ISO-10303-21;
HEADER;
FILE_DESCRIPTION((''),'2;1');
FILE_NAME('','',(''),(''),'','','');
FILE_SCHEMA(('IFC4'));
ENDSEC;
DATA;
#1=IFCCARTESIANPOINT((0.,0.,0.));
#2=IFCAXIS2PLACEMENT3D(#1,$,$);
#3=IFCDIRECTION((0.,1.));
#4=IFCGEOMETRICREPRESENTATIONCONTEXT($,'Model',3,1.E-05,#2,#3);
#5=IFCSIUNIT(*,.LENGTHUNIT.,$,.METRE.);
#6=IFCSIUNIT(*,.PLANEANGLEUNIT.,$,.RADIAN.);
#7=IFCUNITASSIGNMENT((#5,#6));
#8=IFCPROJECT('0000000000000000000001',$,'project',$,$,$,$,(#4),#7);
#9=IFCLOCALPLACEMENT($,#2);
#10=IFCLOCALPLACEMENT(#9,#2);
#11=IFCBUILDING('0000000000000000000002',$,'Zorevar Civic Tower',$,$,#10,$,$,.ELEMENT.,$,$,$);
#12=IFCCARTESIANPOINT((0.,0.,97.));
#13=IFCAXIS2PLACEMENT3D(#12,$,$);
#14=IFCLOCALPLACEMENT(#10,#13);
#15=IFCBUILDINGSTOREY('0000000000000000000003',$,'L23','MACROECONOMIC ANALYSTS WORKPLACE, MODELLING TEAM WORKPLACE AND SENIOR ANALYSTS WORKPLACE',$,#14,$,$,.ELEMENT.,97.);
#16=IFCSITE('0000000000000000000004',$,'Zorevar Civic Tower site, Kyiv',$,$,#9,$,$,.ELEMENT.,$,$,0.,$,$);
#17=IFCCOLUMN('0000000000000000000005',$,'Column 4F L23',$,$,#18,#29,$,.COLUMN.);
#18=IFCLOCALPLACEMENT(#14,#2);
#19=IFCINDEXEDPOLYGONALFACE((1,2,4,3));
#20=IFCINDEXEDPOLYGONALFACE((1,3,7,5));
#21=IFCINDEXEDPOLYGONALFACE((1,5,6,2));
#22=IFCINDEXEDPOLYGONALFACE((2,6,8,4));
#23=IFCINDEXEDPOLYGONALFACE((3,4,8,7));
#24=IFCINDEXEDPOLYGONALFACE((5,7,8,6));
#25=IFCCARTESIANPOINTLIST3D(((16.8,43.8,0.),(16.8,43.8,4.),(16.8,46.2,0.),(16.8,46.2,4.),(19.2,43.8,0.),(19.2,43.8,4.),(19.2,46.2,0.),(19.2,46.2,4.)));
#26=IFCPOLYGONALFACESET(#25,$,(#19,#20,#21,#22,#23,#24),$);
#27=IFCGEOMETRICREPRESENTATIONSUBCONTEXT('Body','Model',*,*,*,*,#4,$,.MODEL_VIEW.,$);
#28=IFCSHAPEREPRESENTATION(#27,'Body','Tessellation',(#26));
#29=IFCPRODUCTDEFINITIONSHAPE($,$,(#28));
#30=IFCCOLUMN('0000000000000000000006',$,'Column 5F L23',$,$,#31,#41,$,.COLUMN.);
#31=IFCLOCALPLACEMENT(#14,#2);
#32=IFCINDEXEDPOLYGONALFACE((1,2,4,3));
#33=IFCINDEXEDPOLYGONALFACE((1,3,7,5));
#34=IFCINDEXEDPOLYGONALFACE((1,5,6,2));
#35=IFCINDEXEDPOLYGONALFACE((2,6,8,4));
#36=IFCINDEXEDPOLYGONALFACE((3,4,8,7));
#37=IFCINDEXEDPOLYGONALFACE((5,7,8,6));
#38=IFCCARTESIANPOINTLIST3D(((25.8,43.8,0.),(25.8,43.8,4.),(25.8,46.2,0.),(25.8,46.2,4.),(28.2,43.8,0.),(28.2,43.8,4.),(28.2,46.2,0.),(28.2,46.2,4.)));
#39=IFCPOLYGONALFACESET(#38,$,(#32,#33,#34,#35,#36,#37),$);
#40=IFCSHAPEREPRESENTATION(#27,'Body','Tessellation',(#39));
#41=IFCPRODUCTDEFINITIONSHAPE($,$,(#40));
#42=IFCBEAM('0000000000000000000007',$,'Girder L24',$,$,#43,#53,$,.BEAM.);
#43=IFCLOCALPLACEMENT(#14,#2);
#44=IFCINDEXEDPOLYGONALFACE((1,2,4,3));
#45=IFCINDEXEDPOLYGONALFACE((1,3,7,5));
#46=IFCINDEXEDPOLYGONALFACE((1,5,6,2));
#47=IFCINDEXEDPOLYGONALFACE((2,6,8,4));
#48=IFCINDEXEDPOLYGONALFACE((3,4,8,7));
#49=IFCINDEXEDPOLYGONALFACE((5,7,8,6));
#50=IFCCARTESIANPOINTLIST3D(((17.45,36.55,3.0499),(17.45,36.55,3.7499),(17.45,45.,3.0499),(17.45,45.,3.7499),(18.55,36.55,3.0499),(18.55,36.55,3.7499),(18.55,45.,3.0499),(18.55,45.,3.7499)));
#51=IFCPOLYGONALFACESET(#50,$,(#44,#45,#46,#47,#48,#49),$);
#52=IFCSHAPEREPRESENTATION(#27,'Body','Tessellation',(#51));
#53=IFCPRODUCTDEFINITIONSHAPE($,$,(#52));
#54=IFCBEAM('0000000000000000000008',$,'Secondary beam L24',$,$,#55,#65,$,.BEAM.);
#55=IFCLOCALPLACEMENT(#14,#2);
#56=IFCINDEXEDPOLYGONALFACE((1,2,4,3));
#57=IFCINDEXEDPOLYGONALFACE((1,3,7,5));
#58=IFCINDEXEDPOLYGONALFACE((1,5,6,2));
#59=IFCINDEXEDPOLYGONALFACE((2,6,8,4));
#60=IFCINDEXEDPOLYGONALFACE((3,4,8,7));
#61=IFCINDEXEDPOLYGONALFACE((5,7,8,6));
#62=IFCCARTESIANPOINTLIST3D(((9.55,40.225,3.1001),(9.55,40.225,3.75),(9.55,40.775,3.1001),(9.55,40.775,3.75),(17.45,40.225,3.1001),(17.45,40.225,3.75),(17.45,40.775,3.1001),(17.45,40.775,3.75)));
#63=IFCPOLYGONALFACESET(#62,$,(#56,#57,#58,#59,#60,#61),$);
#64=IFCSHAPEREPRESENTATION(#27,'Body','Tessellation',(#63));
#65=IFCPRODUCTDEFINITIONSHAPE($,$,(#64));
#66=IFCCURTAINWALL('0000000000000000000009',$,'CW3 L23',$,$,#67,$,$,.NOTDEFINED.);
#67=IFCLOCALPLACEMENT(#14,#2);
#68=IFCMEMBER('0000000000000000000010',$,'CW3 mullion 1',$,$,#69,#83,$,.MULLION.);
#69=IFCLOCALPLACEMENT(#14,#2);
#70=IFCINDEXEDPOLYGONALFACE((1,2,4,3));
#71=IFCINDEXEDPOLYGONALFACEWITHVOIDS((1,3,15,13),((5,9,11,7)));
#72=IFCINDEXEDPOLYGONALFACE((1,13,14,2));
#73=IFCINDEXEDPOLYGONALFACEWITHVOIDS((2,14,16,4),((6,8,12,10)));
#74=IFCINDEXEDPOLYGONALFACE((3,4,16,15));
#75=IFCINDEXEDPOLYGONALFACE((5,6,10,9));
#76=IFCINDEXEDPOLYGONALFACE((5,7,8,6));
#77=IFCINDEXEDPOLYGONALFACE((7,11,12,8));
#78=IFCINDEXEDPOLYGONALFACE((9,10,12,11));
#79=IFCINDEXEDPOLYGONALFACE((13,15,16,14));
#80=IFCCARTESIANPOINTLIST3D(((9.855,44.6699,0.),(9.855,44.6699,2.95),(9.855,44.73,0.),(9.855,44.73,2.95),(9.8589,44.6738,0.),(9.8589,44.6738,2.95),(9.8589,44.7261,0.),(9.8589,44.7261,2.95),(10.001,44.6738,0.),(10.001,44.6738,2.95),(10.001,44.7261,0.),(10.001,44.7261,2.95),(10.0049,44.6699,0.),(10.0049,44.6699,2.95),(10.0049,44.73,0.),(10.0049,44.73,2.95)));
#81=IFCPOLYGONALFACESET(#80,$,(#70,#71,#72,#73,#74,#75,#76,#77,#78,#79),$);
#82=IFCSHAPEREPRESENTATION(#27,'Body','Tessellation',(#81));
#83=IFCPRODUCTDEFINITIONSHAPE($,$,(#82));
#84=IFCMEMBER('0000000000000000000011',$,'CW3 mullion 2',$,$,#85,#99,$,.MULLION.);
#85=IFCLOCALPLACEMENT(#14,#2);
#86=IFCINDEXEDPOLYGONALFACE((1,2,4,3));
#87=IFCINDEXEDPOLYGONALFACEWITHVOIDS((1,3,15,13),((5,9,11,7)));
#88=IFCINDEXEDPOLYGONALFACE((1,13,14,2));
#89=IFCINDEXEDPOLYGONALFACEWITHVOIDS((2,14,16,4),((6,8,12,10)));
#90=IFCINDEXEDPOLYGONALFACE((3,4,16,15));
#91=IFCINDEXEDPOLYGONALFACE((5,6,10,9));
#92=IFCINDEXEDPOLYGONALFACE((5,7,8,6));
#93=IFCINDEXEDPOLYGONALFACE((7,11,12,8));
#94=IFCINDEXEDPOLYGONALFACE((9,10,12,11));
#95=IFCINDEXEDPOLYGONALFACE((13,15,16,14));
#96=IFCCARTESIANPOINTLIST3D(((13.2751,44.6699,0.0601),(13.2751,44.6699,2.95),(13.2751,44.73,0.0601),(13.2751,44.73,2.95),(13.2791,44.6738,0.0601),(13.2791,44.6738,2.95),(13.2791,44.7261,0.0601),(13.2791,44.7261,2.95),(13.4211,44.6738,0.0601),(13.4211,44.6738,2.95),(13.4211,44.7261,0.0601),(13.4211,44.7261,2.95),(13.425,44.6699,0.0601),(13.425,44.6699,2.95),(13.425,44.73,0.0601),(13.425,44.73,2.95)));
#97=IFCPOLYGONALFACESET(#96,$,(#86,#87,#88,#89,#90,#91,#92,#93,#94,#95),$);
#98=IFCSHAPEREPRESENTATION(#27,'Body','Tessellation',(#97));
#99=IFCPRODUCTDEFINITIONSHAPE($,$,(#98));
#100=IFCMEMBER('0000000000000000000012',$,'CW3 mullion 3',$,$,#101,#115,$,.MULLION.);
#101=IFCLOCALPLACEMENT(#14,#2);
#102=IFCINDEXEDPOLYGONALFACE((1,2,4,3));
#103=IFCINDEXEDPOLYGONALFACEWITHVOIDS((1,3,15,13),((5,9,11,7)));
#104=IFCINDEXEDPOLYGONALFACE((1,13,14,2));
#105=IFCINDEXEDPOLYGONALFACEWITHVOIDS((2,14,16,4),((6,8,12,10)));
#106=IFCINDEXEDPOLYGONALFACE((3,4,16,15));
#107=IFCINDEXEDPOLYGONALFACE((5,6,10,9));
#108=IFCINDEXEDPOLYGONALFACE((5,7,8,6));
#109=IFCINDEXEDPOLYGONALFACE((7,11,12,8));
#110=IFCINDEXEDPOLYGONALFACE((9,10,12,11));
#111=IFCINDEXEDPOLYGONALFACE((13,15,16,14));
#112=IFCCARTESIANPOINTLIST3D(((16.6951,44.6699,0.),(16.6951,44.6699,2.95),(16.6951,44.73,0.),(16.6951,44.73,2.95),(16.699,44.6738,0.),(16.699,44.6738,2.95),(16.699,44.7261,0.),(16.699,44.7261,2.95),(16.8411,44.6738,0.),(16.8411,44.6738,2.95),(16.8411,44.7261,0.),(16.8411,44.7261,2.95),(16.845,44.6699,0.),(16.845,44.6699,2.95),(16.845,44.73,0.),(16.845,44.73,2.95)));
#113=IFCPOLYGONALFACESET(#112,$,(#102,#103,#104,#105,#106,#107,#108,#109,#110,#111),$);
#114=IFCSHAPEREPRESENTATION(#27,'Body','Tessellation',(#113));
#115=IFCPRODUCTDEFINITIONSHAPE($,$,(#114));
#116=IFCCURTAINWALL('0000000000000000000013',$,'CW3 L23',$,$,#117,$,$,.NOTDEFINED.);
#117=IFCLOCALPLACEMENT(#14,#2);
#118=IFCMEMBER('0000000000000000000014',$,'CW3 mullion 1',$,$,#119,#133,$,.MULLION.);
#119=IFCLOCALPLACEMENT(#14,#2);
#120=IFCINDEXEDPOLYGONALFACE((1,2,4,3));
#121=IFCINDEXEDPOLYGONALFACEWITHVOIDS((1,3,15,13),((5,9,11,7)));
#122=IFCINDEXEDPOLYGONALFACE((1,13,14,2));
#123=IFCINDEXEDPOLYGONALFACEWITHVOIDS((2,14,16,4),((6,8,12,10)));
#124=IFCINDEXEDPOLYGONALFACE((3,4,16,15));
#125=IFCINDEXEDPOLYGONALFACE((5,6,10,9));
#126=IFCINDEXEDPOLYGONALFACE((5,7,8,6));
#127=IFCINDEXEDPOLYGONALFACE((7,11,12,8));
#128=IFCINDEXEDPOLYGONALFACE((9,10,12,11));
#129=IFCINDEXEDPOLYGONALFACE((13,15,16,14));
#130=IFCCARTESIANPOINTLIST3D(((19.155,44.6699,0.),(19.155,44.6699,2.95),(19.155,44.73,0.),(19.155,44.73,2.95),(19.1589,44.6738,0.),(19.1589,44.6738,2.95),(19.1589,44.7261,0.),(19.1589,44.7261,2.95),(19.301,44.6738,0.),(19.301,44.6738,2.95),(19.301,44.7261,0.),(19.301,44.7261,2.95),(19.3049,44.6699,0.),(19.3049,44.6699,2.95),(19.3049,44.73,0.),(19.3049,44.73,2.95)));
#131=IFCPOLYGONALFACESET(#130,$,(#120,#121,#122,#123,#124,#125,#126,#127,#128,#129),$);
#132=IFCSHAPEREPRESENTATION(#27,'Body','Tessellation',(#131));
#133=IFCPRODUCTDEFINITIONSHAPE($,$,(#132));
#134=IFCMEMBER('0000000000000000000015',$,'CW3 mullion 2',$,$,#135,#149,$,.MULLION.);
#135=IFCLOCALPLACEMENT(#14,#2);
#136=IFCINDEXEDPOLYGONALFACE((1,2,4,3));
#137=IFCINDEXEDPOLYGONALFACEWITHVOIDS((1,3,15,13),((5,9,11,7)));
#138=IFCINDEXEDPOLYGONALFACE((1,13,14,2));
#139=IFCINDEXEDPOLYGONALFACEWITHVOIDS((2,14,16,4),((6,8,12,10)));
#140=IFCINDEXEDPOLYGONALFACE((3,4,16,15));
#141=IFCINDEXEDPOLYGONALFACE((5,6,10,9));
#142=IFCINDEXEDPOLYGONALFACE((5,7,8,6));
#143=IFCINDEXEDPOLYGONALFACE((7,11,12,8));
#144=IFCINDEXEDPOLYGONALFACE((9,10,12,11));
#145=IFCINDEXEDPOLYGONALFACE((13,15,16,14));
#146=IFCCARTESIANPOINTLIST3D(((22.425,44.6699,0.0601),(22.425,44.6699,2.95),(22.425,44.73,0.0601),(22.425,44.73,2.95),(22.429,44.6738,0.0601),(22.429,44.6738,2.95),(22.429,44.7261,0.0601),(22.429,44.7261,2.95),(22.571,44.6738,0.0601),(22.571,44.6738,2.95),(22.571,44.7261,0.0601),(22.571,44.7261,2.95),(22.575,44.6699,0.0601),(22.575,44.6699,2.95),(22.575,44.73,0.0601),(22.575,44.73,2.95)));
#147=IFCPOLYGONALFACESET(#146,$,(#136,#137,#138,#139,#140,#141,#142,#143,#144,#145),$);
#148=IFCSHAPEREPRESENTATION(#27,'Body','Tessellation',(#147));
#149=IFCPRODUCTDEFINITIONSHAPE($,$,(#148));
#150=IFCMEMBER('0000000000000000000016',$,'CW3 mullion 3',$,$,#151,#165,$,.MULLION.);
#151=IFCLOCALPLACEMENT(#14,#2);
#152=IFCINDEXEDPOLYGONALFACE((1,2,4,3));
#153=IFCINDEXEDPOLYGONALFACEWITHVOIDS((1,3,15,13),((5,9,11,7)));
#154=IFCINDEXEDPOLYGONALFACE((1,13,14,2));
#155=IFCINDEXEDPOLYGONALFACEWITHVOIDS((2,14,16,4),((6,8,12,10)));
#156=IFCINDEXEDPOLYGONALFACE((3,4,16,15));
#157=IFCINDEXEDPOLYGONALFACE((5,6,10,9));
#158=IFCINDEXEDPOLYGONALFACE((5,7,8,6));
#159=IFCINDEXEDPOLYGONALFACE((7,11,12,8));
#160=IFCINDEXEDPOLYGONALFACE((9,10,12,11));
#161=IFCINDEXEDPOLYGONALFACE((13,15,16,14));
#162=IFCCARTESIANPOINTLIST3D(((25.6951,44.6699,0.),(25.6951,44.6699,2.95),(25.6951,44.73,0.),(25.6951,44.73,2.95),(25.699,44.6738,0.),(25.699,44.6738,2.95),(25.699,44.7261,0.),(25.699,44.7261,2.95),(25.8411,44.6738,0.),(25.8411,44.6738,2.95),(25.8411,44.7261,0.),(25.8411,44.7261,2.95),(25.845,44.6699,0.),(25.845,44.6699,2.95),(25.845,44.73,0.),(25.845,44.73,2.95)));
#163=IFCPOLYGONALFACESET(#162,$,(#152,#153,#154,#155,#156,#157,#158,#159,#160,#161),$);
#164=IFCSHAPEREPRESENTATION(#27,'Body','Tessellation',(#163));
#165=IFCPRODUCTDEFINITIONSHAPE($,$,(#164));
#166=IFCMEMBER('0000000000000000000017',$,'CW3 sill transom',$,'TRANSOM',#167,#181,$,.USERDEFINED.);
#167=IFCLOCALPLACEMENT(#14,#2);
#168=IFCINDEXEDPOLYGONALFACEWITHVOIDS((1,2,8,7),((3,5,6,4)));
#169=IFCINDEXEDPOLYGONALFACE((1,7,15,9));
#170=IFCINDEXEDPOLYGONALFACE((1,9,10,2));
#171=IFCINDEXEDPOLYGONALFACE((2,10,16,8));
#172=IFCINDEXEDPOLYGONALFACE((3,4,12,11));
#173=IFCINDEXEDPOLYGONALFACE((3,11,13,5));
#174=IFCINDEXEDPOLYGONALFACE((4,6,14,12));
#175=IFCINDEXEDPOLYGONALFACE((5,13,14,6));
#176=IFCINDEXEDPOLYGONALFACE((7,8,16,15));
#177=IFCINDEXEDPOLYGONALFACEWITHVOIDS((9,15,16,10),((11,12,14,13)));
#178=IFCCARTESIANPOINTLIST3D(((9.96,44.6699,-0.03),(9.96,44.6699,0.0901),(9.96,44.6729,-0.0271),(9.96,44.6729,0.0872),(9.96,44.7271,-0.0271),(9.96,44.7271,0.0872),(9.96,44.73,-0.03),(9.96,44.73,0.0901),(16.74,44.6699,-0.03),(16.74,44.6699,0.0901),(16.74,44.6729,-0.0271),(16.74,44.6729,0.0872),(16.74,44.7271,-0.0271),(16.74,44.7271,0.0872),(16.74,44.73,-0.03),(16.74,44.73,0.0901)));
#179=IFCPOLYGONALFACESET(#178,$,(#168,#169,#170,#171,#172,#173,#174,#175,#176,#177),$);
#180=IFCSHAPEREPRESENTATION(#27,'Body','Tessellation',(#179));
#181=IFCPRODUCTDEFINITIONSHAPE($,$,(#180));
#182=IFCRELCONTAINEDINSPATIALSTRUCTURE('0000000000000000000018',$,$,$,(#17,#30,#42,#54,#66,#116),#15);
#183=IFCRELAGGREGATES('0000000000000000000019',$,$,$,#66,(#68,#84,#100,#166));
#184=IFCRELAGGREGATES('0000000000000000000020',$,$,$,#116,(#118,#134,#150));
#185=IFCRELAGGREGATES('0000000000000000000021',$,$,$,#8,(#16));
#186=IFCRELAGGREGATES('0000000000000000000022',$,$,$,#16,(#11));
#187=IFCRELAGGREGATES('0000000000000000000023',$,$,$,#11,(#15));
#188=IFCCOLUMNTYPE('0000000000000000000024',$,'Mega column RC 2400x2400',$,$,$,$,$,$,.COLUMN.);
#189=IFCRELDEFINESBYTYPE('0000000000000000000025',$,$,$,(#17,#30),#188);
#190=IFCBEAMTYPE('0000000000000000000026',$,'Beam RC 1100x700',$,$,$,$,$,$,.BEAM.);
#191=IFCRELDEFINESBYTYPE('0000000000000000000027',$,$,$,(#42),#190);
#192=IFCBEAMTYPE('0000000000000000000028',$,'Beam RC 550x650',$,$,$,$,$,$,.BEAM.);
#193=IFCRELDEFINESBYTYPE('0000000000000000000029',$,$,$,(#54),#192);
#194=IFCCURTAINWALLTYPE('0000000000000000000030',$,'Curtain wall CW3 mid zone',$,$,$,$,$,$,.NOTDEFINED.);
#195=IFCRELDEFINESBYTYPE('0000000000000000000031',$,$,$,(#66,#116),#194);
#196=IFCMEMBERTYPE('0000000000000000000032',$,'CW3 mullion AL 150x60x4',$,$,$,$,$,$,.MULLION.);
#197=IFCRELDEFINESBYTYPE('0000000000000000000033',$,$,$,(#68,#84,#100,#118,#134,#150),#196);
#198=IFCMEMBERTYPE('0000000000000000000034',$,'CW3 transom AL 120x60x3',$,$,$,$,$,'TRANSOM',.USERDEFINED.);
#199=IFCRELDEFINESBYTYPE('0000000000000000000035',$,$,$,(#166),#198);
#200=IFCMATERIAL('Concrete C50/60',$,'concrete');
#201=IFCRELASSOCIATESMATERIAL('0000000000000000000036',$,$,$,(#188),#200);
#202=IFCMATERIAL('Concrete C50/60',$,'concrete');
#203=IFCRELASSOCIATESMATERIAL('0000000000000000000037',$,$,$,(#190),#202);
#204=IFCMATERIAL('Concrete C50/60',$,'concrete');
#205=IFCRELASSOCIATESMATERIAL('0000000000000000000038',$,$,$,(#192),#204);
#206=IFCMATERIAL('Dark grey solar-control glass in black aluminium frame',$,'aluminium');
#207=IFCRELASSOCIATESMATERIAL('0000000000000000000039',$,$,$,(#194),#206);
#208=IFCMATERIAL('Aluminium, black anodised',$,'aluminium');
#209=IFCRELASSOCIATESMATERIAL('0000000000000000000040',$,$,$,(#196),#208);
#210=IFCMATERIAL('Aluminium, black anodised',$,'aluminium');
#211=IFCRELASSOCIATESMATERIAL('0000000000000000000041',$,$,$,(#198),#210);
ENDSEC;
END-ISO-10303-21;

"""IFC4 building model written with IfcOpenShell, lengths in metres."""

from ifc_helpers import new_model, si_unit, direction, frame, origin, origin_2d, place, context, subcontext, project, spatial, rectangle, hollow_rectangle, extrude, material, material_profile, profile_set, type_object, element, aggregate, save


model = new_model("IFC4")

# Units and contexts
model_context = context("Model", 3, precision=1e-05, world=origin(), true_north=direction((0.0, 1.0)))
body_context = subcontext(model_context, "Body", "Model", "MODEL_VIEW")
ifc_project = project(units=[si_unit("LENGTHUNIT", "METRE"), si_unit("PLANEANGLEUNIT", "RADIAN")], contexts=[model_context])

# Site, building, storey
site_placement = place(None, origin())
site = spatial("IfcSite", under=ifc_project, at=site_placement, Name="Zorevar Civic Tower site, Kyiv", CompositionType="ELEMENT", RefElevation=0.0)
building_placement = place(site_placement, origin())
building = spatial("IfcBuilding", under=site, at=building_placement, Name="Zorevar Civic Tower", CompositionType="ELEMENT")
storey_placement = place(building_placement, frame((0.0, 0.0, 97.0)))
storey = spatial("IfcBuildingStorey", under=building, at=storey_placement, Name="L23", Description="MACROECONOMIC ANALYSTS WORKPLACE, MODELLING TEAM WORKPLACE AND SENIOR ANALYSTS WORKPLACE", CompositionType="ELEMENT", Elevation=97.0)

# Columns
ifc_material_1 = material(Name="Concrete C50/60", Category="concrete")
ifc_material_profile_1 = material_profile(ifc_material_1, rectangle(XDim=2.3999, YDim=2.3999, at=origin_2d()), Name="RC 2400x2400")
ifc_profile_set_1 = profile_set([ifc_material_profile_1], Name="Concrete C50/60")
column_type = type_object("IfcColumnType", Name="Mega column RC 2400x2400", PredefinedType="COLUMN", material=ifc_profile_set_1)
for number, where, z_axis, x_axis, name in (
    (1, (18.0, 45.0, 0.0), (0.0, 0.0, 1.0), (1.0, 0.0, 0.0), "Column 4F L23"),
    (2, (27.0, 45.0, 0.0), (0.0, 0.0, 1.0), (1.0, 0.0, 0.0), "Column 5F L23"),
):
    element("IfcColumn", number, at=place(storey_placement, frame(where, z_axis=z_axis, x_axis=x_axis)), inside=storey, type_object=column_type, Name=name, PredefinedType="COLUMN", context=body_context, shape_type="SweptSolid", body=[
        extrude(rectangle(XDim=2.3999, YDim=2.3999, at=origin_2d()), origin(), (0.0, 0.0, 1.0), 4.0),
    ])

# Beams
ifc_material_2 = material(Name="Concrete C50/60", Category="concrete")
ifc_material_profile_2 = material_profile(ifc_material_2, rectangle(XDim=1.1001, YDim=0.7, at=origin_2d()), Name="RC 1100x700")
ifc_profile_set_2 = profile_set([ifc_material_profile_2], Name="Concrete C50/60")
beam_type_1 = type_object("IfcBeamType", Name="Beam RC 1100x700", PredefinedType="BEAM", material=ifc_profile_set_2)
beam_1_placement = place(storey_placement, frame((18.0, 36.55, 3.3999), z_axis=(0.0, 1.0, 0.0), x_axis=(-1.0, 0.0, 0.0)))
element("IfcBeam", 3, at=beam_1_placement, inside=storey, type_object=beam_type_1, Name="Girder L24", PredefinedType="BEAM", context=body_context, shape_type="SweptSolid", body=[
    extrude(rectangle(XDim=1.1001, YDim=0.7, at=origin_2d()), origin(), (0.0, 0.0, 1.0), 8.45),
])
ifc_material_3 = material(Name="Concrete C50/60", Category="concrete")
ifc_material_profile_3 = material_profile(ifc_material_3, rectangle(XDim=0.55, YDim=0.6499, at=origin_2d()), Name="RC 550x650")
ifc_profile_set_3 = profile_set([ifc_material_profile_3], Name="Concrete C50/60")
beam_type_2 = type_object("IfcBeamType", Name="Beam RC 550x650", PredefinedType="BEAM", material=ifc_profile_set_3)
beam_2_placement = place(storey_placement, frame((9.55, 40.5, 3.425), z_axis=(1.0, 0.0, 0.0), x_axis=(0.0, 1.0, 0.0)))
element("IfcBeam", 4, at=beam_2_placement, inside=storey, type_object=beam_type_2, Name="Secondary beam L24", PredefinedType="BEAM", context=body_context, shape_type="SweptSolid", body=[
    extrude(rectangle(XDim=0.55, YDim=0.6499, at=origin_2d()), origin(), (0.0, 0.0, 1.0), 7.8999),
])

# Curtain walls, members
ifc_material_4 = material(Name="Dark grey solar-control glass in black aluminium frame", Category="aluminium")
curtain_wall_type = type_object("IfcCurtainWallType", Name="Curtain wall CW3 mid zone", PredefinedType="NOTDEFINED", material=ifc_material_4)
curtain_wall_1_placement = place(storey_placement, origin())
curtain_wall_1 = element("IfcCurtainWall", 5, at=curtain_wall_1_placement, inside=storey, type_object=curtain_wall_type, Name="CW3 L23", PredefinedType="NOTDEFINED")
ifc_material_5 = material(Name="Aluminium, black anodised", Category="aluminium")
ifc_material_profile_4 = material_profile(ifc_material_5, hollow_rectangle(XDim=0.0601, YDim=0.1499, WallThickness=0.0039, at=origin_2d()), Name="AL 150x60x4")
ifc_profile_set_4 = profile_set([ifc_material_profile_4], Name="Aluminium, black anodised")
member_type_1 = type_object("IfcMemberType", Name="CW3 mullion AL 150x60x4", PredefinedType="MULLION", material=ifc_profile_set_4)
member_1_placement = place(storey_placement, frame((9.9299, 44.7, 0.0), z_axis=(0.0, 0.0, 1.0), x_axis=(0.0, 1.0, 0.0)))
member_1 = element("IfcMember", 6, at=member_1_placement, type_object=member_type_1, Name="CW3 mullion 1", PredefinedType="MULLION", context=body_context, shape_type="SweptSolid", body=[
    extrude(hollow_rectangle(XDim=0.0601, YDim=0.1499, WallThickness=0.0039, at=origin_2d()), origin(), (0.0, 0.0, 1.0), 2.95),
])
member_2_placement = place(storey_placement, frame((13.3501, 44.7, 0.0601), z_axis=(0.0, 0.0, 1.0), x_axis=(0.0, 1.0, 0.0)))
member_2 = element("IfcMember", 7, at=member_2_placement, type_object=member_type_1, Name="CW3 mullion 2", PredefinedType="MULLION", context=body_context, shape_type="SweptSolid", body=[
    extrude(hollow_rectangle(XDim=0.0601, YDim=0.1499, WallThickness=0.0039, at=origin_2d()), origin(), (0.0, 0.0, 1.0), 2.8899),
])
member_3_placement = place(storey_placement, frame((16.77, 44.7, 0.0), z_axis=(0.0, 0.0, 1.0), x_axis=(0.0, 1.0, 0.0)))
member_3 = element("IfcMember", 8, at=member_3_placement, type_object=member_type_1, Name="CW3 mullion 3", PredefinedType="MULLION", context=body_context, shape_type="SweptSolid", body=[
    extrude(hollow_rectangle(XDim=0.0601, YDim=0.1499, WallThickness=0.0039, at=origin_2d()), origin(), (0.0, 0.0, 1.0), 2.95),
])
curtain_wall_2_placement = place(storey_placement, origin())
curtain_wall_2 = element("IfcCurtainWall", 9, at=curtain_wall_2_placement, inside=storey, type_object=curtain_wall_type, Name="CW3 L23", PredefinedType="NOTDEFINED")
member_4_placement = place(storey_placement, frame((19.23, 44.7, 0.0), z_axis=(0.0, 0.0, 1.0), x_axis=(0.0, 1.0, 0.0)))
member_4 = element("IfcMember", 10, at=member_4_placement, type_object=member_type_1, Name="CW3 mullion 1", PredefinedType="MULLION", context=body_context, shape_type="SweptSolid", body=[
    extrude(hollow_rectangle(XDim=0.0601, YDim=0.1499, WallThickness=0.0039, at=origin_2d()), origin(), (0.0, 0.0, 1.0), 2.95),
])
member_5_placement = place(storey_placement, frame((22.5, 44.7, 0.0601), z_axis=(0.0, 0.0, 1.0), x_axis=(0.0, 1.0, 0.0)))
member_5 = element("IfcMember", 11, at=member_5_placement, type_object=member_type_1, Name="CW3 mullion 2", PredefinedType="MULLION", context=body_context, shape_type="SweptSolid", body=[
    extrude(hollow_rectangle(XDim=0.0601, YDim=0.1499, WallThickness=0.0039, at=origin_2d()), origin(), (0.0, 0.0, 1.0), 2.8899),
])
member_6_placement = place(storey_placement, frame((25.77, 44.7, 0.0), z_axis=(0.0, 0.0, 1.0), x_axis=(0.0, 1.0, 0.0)))
member_6 = element("IfcMember", 12, at=member_6_placement, type_object=member_type_1, Name="CW3 mullion 3", PredefinedType="MULLION", context=body_context, shape_type="SweptSolid", body=[
    extrude(hollow_rectangle(XDim=0.0601, YDim=0.1499, WallThickness=0.0039, at=origin_2d()), origin(), (0.0, 0.0, 1.0), 2.95),
])

# Member
ifc_material_6 = material(Name="Aluminium, black anodised", Category="aluminium")
ifc_material_profile_5 = material_profile(ifc_material_6, hollow_rectangle(XDim=0.0601, YDim=0.1201, WallThickness=0.0029, at=origin_2d()), Name="AL 120x60x3")
ifc_profile_set_5 = profile_set([ifc_material_profile_5], Name="Aluminium, black anodised")
member_type_2 = type_object("IfcMemberType", Name="CW3 transom AL 120x60x3", ElementType="TRANSOM", PredefinedType="USERDEFINED", material=ifc_profile_set_5)
member_7_placement = place(storey_placement, frame((9.96, 44.7, 0.03), z_axis=(1.0, 0.0, 0.0), x_axis=(0.0, 1.0, 0.0)))
member_7 = element("IfcMember", 13, at=member_7_placement, type_object=member_type_2, Name="CW3 sill transom", ObjectType="TRANSOM", PredefinedType="USERDEFINED", context=body_context, shape_type="SweptSolid", body=[
    extrude(hollow_rectangle(XDim=0.0601, YDim=0.1201, WallThickness=0.0029, at=origin_2d()), origin(), (0.0, 0.0, 1.0), 6.78),
])

aggregate(curtain_wall_1, [member_1, member_2, member_3, member_7])
aggregate(curtain_wall_2, [member_4, member_5, member_6])

save(model, "model.ifc")
